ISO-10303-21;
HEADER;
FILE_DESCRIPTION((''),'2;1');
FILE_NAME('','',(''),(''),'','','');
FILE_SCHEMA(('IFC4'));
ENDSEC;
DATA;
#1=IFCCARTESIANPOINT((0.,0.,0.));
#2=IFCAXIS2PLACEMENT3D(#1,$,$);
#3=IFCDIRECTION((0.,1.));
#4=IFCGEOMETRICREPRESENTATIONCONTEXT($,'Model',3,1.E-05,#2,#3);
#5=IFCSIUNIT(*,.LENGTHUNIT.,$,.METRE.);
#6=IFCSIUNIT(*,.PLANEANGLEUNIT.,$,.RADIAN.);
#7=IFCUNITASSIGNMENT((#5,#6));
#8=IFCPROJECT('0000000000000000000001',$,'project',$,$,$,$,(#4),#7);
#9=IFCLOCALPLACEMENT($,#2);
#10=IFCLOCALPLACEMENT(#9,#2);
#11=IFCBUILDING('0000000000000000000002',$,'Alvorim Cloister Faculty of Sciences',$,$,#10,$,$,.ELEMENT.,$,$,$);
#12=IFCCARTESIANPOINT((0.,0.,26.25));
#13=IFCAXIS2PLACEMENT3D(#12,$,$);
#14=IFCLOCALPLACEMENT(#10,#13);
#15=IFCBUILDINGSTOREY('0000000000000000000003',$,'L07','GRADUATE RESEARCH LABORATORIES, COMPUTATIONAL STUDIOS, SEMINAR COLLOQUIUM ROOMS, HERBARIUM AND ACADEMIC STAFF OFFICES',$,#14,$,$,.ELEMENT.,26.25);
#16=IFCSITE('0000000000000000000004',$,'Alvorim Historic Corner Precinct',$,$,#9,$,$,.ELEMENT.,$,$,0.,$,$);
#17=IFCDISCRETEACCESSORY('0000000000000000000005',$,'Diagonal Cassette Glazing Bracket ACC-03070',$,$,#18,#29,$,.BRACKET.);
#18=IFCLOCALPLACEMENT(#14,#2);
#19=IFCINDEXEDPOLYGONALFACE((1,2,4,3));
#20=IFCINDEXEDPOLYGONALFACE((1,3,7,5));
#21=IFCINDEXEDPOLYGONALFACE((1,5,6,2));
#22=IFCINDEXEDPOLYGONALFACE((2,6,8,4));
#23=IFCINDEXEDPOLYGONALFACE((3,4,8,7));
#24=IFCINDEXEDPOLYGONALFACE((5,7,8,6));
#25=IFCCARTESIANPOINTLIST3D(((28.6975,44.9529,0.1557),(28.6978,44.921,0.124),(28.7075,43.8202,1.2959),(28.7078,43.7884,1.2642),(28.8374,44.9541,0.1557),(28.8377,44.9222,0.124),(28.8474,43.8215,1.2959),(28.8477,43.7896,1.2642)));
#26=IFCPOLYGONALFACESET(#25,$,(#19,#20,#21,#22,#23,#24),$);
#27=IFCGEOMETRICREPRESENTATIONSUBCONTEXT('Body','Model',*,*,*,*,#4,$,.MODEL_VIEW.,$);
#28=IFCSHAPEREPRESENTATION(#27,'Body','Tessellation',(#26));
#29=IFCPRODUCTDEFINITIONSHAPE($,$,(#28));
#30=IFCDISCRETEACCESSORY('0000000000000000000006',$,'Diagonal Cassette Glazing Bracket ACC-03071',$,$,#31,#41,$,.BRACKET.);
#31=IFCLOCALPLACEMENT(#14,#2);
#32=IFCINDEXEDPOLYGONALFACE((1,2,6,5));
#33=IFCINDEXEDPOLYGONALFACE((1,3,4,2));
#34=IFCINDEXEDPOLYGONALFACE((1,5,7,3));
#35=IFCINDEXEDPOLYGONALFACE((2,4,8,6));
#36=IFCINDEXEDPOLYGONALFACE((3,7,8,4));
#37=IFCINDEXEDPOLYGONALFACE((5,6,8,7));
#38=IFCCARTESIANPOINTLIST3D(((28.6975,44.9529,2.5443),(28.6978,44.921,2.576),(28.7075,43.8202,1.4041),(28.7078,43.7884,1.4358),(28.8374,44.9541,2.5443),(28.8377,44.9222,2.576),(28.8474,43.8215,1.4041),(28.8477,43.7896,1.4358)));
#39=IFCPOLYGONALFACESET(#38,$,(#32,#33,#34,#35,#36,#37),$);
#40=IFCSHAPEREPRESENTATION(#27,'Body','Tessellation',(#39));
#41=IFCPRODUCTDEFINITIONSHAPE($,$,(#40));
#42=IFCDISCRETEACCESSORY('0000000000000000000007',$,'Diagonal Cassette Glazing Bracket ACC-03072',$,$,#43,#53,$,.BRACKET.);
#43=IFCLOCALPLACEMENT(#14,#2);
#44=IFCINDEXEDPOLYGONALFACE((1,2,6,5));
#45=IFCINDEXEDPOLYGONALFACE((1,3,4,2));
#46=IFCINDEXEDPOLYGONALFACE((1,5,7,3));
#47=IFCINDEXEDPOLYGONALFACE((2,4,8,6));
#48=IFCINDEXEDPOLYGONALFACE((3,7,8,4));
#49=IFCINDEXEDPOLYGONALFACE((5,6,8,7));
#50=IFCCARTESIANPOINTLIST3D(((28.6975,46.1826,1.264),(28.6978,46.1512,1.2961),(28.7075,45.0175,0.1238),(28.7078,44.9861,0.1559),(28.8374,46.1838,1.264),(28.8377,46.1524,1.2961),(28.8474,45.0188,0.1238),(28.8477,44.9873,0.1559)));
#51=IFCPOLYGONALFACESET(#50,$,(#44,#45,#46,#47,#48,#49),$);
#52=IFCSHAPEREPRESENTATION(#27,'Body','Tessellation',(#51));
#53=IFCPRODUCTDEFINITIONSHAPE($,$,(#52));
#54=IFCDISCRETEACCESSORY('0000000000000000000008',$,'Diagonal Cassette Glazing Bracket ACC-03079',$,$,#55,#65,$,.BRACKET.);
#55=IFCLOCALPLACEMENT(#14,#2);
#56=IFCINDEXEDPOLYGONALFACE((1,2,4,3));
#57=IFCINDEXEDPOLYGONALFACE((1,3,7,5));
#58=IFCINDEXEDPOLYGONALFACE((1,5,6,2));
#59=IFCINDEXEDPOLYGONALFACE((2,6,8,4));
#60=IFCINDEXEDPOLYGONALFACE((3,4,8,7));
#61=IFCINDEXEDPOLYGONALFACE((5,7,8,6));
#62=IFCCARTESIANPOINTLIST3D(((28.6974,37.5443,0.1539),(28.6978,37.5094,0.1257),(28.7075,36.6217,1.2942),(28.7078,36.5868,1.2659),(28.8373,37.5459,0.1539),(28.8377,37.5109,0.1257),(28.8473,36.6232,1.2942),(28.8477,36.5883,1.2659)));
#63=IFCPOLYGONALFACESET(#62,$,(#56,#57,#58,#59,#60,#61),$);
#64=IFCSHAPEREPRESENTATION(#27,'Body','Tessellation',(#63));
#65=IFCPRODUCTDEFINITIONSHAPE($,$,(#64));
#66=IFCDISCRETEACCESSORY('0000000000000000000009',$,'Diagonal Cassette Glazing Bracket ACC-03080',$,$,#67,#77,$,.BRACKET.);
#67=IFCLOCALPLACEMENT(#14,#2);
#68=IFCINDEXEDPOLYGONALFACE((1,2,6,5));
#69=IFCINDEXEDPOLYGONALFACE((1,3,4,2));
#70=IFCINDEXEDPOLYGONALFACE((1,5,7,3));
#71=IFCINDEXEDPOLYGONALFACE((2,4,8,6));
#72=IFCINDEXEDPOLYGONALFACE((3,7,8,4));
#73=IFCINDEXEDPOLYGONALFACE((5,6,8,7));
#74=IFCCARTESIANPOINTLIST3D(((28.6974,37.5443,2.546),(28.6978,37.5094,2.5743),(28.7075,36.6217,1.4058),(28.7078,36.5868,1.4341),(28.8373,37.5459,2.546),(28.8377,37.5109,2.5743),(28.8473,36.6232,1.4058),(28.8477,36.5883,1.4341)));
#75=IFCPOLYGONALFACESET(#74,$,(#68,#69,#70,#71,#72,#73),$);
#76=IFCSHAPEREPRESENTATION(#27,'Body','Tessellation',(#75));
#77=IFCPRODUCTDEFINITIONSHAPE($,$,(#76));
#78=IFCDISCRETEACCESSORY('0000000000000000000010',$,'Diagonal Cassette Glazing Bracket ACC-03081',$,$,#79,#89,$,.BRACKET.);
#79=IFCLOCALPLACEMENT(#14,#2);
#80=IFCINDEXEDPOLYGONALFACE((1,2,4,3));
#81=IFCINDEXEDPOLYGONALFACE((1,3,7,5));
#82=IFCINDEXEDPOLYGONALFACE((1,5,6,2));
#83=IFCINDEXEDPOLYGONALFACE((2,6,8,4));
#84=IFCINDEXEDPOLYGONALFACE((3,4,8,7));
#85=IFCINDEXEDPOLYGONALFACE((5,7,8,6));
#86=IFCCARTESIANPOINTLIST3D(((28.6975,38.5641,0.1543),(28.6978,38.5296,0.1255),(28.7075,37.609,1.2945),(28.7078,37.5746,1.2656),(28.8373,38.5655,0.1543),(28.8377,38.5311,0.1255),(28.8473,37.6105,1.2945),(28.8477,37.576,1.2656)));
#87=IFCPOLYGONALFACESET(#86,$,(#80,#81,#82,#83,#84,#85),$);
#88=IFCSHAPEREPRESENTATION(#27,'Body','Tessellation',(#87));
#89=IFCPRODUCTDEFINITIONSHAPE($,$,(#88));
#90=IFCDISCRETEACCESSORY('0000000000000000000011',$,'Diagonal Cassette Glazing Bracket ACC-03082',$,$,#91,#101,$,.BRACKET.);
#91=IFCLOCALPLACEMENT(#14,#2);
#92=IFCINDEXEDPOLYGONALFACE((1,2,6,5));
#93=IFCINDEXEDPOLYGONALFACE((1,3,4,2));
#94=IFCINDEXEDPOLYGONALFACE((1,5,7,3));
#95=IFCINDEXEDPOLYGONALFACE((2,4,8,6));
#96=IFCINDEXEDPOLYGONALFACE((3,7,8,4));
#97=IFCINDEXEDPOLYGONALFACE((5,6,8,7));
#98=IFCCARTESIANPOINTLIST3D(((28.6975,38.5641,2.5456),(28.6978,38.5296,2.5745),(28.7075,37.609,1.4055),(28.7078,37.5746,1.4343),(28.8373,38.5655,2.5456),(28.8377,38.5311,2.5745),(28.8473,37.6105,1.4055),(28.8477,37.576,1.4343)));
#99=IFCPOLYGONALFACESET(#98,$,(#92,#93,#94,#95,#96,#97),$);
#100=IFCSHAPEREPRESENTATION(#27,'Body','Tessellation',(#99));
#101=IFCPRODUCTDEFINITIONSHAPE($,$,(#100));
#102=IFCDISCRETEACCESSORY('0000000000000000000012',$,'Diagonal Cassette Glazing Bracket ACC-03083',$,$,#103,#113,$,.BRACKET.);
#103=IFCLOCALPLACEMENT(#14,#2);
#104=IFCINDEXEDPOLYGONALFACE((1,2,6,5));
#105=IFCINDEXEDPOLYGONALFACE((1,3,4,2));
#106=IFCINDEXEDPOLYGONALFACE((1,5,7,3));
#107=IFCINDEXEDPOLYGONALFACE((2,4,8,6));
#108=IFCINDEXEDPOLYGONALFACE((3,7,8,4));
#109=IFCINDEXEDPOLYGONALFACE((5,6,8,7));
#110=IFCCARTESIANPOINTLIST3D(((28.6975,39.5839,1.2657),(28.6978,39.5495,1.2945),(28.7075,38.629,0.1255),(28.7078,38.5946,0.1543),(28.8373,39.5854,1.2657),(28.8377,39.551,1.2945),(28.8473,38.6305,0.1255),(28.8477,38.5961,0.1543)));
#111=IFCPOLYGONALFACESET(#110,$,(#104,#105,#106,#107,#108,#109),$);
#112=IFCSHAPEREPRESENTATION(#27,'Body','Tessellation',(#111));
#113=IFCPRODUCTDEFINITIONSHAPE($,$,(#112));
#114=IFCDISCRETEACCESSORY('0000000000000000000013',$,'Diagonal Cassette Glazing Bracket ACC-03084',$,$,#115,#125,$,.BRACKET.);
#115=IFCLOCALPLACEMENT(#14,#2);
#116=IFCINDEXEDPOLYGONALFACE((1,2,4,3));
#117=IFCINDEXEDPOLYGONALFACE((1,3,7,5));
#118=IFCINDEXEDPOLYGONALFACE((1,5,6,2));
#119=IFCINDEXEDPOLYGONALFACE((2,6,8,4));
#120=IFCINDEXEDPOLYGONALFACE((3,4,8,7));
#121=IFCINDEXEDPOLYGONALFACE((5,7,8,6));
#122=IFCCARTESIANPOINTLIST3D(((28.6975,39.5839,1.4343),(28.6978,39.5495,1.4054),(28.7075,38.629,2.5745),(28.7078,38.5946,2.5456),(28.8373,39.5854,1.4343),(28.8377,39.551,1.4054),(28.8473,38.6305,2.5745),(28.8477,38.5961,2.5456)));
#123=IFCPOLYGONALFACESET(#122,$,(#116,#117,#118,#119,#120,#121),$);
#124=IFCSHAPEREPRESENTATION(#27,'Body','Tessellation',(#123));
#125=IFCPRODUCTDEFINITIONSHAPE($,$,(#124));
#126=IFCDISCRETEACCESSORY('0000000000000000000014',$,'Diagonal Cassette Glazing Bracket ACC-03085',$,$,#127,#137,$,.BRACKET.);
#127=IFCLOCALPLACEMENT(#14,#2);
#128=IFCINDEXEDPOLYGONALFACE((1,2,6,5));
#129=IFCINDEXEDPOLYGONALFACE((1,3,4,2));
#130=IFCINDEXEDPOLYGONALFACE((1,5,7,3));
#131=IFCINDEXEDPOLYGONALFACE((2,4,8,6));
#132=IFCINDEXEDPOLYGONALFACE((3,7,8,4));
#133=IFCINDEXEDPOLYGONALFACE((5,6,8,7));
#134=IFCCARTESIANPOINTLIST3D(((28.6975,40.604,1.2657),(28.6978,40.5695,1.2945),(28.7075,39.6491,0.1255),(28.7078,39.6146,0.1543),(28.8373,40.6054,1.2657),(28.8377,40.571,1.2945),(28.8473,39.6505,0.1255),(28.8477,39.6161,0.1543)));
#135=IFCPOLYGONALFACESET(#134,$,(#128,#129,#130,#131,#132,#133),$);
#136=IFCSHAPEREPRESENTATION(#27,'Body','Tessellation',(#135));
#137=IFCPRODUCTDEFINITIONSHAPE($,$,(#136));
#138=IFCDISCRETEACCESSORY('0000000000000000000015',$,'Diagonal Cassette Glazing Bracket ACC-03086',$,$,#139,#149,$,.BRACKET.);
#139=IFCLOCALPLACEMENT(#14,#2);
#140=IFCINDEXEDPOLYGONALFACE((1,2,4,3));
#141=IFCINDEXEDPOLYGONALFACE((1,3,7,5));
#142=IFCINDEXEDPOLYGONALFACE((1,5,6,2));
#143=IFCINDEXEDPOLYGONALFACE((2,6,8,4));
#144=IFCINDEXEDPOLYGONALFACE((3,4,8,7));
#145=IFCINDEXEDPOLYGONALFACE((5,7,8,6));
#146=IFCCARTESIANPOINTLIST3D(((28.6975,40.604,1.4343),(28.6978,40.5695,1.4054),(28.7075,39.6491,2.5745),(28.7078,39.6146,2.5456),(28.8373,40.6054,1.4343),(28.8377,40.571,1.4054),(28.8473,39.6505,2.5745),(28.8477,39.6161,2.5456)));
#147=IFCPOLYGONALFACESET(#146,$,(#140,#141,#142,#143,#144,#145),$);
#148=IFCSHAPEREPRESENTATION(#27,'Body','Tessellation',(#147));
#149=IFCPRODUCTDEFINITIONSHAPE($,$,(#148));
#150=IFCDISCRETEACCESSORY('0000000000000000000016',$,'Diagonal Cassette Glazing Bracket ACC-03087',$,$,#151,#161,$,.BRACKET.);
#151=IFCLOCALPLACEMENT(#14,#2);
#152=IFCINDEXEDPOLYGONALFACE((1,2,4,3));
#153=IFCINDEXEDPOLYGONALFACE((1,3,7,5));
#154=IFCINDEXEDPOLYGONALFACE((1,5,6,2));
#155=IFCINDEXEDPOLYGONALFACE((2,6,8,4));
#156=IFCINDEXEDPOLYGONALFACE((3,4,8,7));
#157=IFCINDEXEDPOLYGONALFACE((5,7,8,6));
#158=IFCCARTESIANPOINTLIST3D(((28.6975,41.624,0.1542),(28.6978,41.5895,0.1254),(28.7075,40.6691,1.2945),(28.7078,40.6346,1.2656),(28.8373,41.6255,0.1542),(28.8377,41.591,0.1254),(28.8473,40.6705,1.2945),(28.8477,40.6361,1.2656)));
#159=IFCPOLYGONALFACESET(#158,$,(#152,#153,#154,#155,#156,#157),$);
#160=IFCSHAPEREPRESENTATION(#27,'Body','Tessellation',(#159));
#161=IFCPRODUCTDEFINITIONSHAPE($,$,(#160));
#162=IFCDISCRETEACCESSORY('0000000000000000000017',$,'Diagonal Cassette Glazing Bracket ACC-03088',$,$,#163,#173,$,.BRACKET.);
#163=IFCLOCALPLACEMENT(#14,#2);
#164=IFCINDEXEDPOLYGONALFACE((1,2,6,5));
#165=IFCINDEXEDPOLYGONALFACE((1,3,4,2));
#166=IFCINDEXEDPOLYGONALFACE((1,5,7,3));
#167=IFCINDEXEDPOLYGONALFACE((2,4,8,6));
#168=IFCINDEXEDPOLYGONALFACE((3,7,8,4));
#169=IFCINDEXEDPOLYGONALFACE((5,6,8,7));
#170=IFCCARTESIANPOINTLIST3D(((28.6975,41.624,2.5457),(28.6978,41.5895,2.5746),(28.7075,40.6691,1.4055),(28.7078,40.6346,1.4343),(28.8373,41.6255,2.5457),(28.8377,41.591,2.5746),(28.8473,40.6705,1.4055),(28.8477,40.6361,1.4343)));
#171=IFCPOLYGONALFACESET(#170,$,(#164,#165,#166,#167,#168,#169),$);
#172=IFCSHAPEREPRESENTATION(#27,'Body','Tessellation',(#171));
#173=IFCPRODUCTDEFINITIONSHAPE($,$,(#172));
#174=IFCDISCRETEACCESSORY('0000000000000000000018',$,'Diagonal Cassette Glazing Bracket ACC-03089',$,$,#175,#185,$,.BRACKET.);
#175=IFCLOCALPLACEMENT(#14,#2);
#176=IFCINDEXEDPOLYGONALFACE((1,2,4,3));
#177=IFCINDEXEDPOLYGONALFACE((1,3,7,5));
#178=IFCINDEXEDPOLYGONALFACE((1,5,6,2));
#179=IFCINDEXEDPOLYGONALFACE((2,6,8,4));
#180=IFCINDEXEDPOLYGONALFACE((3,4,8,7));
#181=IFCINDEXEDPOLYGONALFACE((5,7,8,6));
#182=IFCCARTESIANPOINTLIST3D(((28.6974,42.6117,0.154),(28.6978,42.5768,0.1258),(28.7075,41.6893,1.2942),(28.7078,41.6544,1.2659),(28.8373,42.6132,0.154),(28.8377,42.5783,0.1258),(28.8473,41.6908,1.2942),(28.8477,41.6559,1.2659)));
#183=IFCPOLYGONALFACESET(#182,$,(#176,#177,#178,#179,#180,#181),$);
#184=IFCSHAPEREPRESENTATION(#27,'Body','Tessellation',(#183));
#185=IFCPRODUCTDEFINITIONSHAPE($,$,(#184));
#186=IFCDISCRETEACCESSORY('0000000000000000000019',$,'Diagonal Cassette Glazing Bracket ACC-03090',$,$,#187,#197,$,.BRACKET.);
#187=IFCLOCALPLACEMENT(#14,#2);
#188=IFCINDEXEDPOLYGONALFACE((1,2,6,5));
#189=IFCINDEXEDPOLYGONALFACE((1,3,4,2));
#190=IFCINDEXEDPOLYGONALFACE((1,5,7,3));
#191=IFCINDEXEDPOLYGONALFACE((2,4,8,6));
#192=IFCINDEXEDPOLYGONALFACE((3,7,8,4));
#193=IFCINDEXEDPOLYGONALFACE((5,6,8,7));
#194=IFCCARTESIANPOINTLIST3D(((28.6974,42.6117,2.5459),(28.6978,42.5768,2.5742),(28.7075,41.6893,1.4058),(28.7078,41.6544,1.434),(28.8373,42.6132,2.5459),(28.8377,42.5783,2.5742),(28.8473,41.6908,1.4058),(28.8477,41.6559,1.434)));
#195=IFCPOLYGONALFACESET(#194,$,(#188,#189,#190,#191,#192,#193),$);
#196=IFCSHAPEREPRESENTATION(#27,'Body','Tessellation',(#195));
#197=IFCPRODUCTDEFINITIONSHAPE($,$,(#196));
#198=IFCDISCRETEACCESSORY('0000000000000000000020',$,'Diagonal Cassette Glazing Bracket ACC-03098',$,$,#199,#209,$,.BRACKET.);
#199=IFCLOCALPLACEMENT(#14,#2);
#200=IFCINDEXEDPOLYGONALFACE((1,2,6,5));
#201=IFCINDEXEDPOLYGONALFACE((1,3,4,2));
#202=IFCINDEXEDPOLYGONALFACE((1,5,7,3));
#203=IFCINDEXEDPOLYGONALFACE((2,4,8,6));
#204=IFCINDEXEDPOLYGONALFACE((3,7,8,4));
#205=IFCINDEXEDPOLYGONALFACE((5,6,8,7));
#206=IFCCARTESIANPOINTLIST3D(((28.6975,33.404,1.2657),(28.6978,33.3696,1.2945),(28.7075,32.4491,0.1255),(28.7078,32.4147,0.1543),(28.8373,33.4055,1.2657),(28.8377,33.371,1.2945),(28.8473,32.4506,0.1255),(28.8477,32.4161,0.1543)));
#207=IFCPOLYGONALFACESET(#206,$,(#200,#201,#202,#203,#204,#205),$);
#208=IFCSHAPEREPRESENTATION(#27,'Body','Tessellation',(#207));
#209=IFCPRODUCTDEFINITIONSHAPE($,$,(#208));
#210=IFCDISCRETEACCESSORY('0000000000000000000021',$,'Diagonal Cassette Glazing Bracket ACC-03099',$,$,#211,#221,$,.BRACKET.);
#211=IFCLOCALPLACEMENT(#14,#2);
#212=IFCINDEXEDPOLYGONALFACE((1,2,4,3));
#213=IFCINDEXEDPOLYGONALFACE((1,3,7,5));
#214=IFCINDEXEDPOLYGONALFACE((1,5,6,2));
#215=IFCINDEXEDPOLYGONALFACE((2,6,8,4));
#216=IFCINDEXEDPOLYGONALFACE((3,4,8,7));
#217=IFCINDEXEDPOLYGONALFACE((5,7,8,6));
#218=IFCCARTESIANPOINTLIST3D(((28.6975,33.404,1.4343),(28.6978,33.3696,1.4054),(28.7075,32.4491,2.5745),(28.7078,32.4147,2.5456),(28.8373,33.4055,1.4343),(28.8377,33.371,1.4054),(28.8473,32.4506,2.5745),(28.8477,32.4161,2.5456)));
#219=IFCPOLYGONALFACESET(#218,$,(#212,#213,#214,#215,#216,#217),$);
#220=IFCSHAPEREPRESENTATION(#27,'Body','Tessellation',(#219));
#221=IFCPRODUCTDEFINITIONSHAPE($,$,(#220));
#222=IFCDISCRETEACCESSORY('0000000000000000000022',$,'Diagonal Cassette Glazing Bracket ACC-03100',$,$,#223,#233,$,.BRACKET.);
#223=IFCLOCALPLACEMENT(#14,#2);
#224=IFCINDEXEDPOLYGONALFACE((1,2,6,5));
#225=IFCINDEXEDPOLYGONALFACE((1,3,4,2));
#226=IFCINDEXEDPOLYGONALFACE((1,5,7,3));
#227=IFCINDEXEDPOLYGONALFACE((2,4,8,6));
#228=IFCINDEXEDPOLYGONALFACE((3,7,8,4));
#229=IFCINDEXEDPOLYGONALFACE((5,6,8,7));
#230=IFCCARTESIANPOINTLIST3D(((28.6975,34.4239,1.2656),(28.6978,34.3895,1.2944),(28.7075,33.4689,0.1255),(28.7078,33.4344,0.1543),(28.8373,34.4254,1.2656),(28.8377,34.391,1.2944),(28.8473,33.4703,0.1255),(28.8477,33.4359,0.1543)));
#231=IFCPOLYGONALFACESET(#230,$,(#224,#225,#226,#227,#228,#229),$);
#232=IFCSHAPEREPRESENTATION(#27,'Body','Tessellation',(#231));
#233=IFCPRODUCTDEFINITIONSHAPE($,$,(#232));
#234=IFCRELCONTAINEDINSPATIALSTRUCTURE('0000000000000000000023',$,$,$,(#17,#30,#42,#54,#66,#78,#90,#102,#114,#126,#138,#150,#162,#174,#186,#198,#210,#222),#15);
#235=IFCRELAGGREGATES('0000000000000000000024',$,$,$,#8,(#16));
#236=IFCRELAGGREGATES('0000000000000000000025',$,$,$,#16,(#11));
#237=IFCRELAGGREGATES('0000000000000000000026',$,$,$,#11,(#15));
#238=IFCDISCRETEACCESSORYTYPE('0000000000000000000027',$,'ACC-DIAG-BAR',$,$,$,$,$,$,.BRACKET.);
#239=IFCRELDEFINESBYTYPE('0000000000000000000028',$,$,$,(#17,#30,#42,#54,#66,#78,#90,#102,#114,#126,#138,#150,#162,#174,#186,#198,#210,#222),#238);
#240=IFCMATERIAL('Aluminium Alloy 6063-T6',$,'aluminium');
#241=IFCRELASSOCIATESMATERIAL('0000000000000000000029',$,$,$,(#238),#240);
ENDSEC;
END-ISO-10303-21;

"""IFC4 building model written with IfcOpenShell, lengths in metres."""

from ifc_helpers import new_model, si_unit, direction, frame, origin, origin_2d, place, context, subcontext, project, spatial, rectangle, extrude, material, type_object, element, save


model = new_model("IFC4")

# Units and contexts
model_context = context("Model", 3, precision=1e-05, world=origin(), true_north=direction((0.0, 1.0)))
body_context = subcontext(model_context, "Body", "Model", "MODEL_VIEW")
ifc_project = project(units=[si_unit("LENGTHUNIT", "METRE"), si_unit("PLANEANGLEUNIT", "RADIAN")], contexts=[model_context])

# Site, building, storey
site_placement = place(None, origin())
site = spatial("IfcSite", under=ifc_project, at=site_placement, Name="Alvorim Historic Corner Precinct", CompositionType="ELEMENT", RefElevation=0.0)
building_placement = place(site_placement, origin())
building = spatial("IfcBuilding", under=site, at=building_placement, Name="Alvorim Cloister Faculty of Sciences", CompositionType="ELEMENT")
storey_placement = place(building_placement, frame((0.0, 0.0, 26.25)))
storey = spatial("IfcBuildingStorey", under=building, at=storey_placement, Name="L07", Description="GRADUATE RESEARCH LABORATORIES, COMPUTATIONAL STUDIOS, SEMINAR COLLOQUIUM ROOMS, HERBARIUM AND ACADEMIC STAFF OFFICES", CompositionType="ELEMENT", Elevation=26.25)

# Shared definitions
ifc_material_1 = material(Name="Aluminium Alloy 6063-T6", Category="aluminium")

# Discrete accessories
discrete_accessory_type = type_object("IfcDiscreteAccessoryType", Name="ACC-DIAG-BAR", PredefinedType="BRACKET", material=ifc_material_1)
for number, where, z_axis, x_axis, name in (
    (1, (28.7776, 43.8049, 1.28), (-0.006229, 0.704734, -0.709444), (-0.999961, -0.008838, 0.0), "Diagonal Cassette Glazing Bracket ACC-03070"),
    (2, (28.7776, 43.8049, 1.4199), (-0.006229, 0.704734, 0.709444), (-0.999961, -0.008838, 0.0), "Diagonal Cassette Glazing Bracket ACC-03071"),
):
    element("IfcDiscreteAccessory", number, at=place(storey_placement, frame(where, z_axis=z_axis, x_axis=x_axis)), inside=storey, type_object=discrete_accessory_type, Name=name, PredefinedType="BRACKET", context=body_context, shape_type="SweptSolid", body=[
        extrude(rectangle(XDim=0.1399, YDim=0.0449, at=origin_2d()), origin(), (0.0, 0.0, 1.0), 1.6072),
    ])
discrete_accessory_placement = place(storey_placement, frame((28.7776, 45.0024, 0.1399), z_axis=(-0.00614, 0.71469, 0.699414), x_axis=(-0.999963, -0.008591, 0.0)))
element("IfcDiscreteAccessory", 3, at=discrete_accessory_placement, inside=storey, type_object=discrete_accessory_type, Name="Diagonal Cassette Glazing Bracket ACC-03072", PredefinedType="BRACKET", context=body_context, shape_type="SweptSolid", body=[
    extrude(rectangle(XDim=0.1399, YDim=0.0449, at=origin_2d()), origin(), (0.0, 0.0, 1.0), 1.6301),
])
for number, where, z_axis, x_axis, name in (
    (4, (28.7776, 36.605, 1.28), (-0.006825, 0.629035, -0.777347), (-0.999941, -0.010849, 0.0), "Diagonal Cassette Glazing Bracket ACC-03079"),
    (5, (28.7776, 36.605, 1.4199), (-0.006825, 0.629035, 0.777347), (-0.999941, -0.010849, 0.0), "Diagonal Cassette Glazing Bracket ACC-03080"),
):
    element("IfcDiscreteAccessory", number, at=place(storey_placement, frame(where, z_axis=z_axis, x_axis=x_axis)), inside=storey, type_object=discrete_accessory_type, Name=name, PredefinedType="BRACKET", context=body_context, shape_type="SweptSolid", body=[
        extrude(rectangle(XDim=0.1399, YDim=0.0449, at=origin_2d()), origin(), (0.0, 0.0, 1.0), 1.4668),
    ])
for number, where, z_axis, x_axis, name in (
    (6, (28.7776, 37.5925, 1.28), (-0.00673, 0.642138, -0.76656), (-0.999945, -0.01048, 0.0), "Diagonal Cassette Glazing Bracket ACC-03081"),
    (7, (28.7776, 37.5925, 1.4199), (-0.00673, 0.642138, 0.76656), (-0.999945, -0.01048, 0.0), "Diagonal Cassette Glazing Bracket ACC-03082"),
    (8, (28.7776, 38.6125, 0.1399), (-0.006731, 0.642041, 0.766641), (-0.999945, -0.010483, 0.0), "Diagonal Cassette Glazing Bracket ACC-03083"),
    (9, (28.7776, 38.6125, 2.5601), (-0.006731, 0.642041, -0.766641), (-0.999945, -0.010483, 0.0), "Diagonal Cassette Glazing Bracket ACC-03084"),
    (10, (28.7776, 39.6326, 0.1399), (-0.006731, 0.642041, 0.766641), (-0.999945, -0.010483, 0.0), "Diagonal Cassette Glazing Bracket ACC-03085"),
    (11, (28.7776, 39.6326, 2.5601), (-0.006731, 0.642041, -0.766641), (-0.999945, -0.010483, 0.0), "Diagonal Cassette Glazing Bracket ACC-03086"),
    (12, (28.7776, 40.6526, 1.28), (-0.006731, 0.642041, -0.766641), (-0.999945, -0.010483, 0.0), "Diagonal Cassette Glazing Bracket ACC-03087"),
    (13, (28.7776, 40.6526, 1.4199), (-0.006731, 0.642041, 0.766641), (-0.999945, -0.010483, 0.0), "Diagonal Cassette Glazing Bracket ACC-03088"),
):
    element("IfcDiscreteAccessory", number, at=place(storey_placement, frame(where, z_axis=z_axis, x_axis=x_axis)), inside=storey, type_object=discrete_accessory_type, Name=name, PredefinedType="BRACKET", context=body_context, shape_type="SweptSolid", body=[
        extrude(rectangle(XDim=0.1399, YDim=0.0449, at=origin_2d()), origin(), (0.0, 0.0, 1.0), 1.4873),
    ])
for number, where, z_axis, x_axis, name in (
    (14, (28.7776, 41.6726, 1.28), (-0.006825, 0.628935, -0.777428), (-0.999941, -0.010852, 0.0), "Diagonal Cassette Glazing Bracket ACC-03089"),
    (15, (28.7776, 41.6726, 1.4199), (-0.006825, 0.628935, 0.777428), (-0.999941, -0.010852, 0.0), "Diagonal Cassette Glazing Bracket ACC-03090"),
):
    element("IfcDiscreteAccessory", number, at=place(storey_placement, frame(where, z_axis=z_axis, x_axis=x_axis)), inside=storey, type_object=discrete_accessory_type, Name=name, PredefinedType="BRACKET", context=body_context, shape_type="SweptSolid", body=[
        extrude(rectangle(XDim=0.1399, YDim=0.0449, at=origin_2d()), origin(), (0.0, 0.0, 1.0), 1.4666),
    ])
for number, where, z_axis, x_axis, name in (
    (16, (28.7776, 32.4326, 0.1399), (-0.006731, 0.642041, 0.766641), (-0.999945, -0.010483, 0.0), "Diagonal Cassette Glazing Bracket ACC-03098"),
    (17, (28.7776, 32.4326, 2.5601), (-0.006731, 0.642041, -0.766641), (-0.999945, -0.010483, 0.0), "Diagonal Cassette Glazing Bracket ACC-03099"),
    (18, (28.7776, 33.4524, 0.1399), (-0.00673, 0.642138, 0.76656), (-0.999945, -0.01048, 0.0), "Diagonal Cassette Glazing Bracket ACC-03100"),
):
    element("IfcDiscreteAccessory", number, at=place(storey_placement, frame(where, z_axis=z_axis, x_axis=x_axis)), inside=storey, type_object=discrete_accessory_type, Name=name, PredefinedType="BRACKET", context=body_context, shape_type="SweptSolid", body=[
        extrude(rectangle(XDim=0.1399, YDim=0.0449, at=origin_2d()), origin(), (0.0, 0.0, 1.0), 1.4873),
    ])

save(model, "model.ifc")
